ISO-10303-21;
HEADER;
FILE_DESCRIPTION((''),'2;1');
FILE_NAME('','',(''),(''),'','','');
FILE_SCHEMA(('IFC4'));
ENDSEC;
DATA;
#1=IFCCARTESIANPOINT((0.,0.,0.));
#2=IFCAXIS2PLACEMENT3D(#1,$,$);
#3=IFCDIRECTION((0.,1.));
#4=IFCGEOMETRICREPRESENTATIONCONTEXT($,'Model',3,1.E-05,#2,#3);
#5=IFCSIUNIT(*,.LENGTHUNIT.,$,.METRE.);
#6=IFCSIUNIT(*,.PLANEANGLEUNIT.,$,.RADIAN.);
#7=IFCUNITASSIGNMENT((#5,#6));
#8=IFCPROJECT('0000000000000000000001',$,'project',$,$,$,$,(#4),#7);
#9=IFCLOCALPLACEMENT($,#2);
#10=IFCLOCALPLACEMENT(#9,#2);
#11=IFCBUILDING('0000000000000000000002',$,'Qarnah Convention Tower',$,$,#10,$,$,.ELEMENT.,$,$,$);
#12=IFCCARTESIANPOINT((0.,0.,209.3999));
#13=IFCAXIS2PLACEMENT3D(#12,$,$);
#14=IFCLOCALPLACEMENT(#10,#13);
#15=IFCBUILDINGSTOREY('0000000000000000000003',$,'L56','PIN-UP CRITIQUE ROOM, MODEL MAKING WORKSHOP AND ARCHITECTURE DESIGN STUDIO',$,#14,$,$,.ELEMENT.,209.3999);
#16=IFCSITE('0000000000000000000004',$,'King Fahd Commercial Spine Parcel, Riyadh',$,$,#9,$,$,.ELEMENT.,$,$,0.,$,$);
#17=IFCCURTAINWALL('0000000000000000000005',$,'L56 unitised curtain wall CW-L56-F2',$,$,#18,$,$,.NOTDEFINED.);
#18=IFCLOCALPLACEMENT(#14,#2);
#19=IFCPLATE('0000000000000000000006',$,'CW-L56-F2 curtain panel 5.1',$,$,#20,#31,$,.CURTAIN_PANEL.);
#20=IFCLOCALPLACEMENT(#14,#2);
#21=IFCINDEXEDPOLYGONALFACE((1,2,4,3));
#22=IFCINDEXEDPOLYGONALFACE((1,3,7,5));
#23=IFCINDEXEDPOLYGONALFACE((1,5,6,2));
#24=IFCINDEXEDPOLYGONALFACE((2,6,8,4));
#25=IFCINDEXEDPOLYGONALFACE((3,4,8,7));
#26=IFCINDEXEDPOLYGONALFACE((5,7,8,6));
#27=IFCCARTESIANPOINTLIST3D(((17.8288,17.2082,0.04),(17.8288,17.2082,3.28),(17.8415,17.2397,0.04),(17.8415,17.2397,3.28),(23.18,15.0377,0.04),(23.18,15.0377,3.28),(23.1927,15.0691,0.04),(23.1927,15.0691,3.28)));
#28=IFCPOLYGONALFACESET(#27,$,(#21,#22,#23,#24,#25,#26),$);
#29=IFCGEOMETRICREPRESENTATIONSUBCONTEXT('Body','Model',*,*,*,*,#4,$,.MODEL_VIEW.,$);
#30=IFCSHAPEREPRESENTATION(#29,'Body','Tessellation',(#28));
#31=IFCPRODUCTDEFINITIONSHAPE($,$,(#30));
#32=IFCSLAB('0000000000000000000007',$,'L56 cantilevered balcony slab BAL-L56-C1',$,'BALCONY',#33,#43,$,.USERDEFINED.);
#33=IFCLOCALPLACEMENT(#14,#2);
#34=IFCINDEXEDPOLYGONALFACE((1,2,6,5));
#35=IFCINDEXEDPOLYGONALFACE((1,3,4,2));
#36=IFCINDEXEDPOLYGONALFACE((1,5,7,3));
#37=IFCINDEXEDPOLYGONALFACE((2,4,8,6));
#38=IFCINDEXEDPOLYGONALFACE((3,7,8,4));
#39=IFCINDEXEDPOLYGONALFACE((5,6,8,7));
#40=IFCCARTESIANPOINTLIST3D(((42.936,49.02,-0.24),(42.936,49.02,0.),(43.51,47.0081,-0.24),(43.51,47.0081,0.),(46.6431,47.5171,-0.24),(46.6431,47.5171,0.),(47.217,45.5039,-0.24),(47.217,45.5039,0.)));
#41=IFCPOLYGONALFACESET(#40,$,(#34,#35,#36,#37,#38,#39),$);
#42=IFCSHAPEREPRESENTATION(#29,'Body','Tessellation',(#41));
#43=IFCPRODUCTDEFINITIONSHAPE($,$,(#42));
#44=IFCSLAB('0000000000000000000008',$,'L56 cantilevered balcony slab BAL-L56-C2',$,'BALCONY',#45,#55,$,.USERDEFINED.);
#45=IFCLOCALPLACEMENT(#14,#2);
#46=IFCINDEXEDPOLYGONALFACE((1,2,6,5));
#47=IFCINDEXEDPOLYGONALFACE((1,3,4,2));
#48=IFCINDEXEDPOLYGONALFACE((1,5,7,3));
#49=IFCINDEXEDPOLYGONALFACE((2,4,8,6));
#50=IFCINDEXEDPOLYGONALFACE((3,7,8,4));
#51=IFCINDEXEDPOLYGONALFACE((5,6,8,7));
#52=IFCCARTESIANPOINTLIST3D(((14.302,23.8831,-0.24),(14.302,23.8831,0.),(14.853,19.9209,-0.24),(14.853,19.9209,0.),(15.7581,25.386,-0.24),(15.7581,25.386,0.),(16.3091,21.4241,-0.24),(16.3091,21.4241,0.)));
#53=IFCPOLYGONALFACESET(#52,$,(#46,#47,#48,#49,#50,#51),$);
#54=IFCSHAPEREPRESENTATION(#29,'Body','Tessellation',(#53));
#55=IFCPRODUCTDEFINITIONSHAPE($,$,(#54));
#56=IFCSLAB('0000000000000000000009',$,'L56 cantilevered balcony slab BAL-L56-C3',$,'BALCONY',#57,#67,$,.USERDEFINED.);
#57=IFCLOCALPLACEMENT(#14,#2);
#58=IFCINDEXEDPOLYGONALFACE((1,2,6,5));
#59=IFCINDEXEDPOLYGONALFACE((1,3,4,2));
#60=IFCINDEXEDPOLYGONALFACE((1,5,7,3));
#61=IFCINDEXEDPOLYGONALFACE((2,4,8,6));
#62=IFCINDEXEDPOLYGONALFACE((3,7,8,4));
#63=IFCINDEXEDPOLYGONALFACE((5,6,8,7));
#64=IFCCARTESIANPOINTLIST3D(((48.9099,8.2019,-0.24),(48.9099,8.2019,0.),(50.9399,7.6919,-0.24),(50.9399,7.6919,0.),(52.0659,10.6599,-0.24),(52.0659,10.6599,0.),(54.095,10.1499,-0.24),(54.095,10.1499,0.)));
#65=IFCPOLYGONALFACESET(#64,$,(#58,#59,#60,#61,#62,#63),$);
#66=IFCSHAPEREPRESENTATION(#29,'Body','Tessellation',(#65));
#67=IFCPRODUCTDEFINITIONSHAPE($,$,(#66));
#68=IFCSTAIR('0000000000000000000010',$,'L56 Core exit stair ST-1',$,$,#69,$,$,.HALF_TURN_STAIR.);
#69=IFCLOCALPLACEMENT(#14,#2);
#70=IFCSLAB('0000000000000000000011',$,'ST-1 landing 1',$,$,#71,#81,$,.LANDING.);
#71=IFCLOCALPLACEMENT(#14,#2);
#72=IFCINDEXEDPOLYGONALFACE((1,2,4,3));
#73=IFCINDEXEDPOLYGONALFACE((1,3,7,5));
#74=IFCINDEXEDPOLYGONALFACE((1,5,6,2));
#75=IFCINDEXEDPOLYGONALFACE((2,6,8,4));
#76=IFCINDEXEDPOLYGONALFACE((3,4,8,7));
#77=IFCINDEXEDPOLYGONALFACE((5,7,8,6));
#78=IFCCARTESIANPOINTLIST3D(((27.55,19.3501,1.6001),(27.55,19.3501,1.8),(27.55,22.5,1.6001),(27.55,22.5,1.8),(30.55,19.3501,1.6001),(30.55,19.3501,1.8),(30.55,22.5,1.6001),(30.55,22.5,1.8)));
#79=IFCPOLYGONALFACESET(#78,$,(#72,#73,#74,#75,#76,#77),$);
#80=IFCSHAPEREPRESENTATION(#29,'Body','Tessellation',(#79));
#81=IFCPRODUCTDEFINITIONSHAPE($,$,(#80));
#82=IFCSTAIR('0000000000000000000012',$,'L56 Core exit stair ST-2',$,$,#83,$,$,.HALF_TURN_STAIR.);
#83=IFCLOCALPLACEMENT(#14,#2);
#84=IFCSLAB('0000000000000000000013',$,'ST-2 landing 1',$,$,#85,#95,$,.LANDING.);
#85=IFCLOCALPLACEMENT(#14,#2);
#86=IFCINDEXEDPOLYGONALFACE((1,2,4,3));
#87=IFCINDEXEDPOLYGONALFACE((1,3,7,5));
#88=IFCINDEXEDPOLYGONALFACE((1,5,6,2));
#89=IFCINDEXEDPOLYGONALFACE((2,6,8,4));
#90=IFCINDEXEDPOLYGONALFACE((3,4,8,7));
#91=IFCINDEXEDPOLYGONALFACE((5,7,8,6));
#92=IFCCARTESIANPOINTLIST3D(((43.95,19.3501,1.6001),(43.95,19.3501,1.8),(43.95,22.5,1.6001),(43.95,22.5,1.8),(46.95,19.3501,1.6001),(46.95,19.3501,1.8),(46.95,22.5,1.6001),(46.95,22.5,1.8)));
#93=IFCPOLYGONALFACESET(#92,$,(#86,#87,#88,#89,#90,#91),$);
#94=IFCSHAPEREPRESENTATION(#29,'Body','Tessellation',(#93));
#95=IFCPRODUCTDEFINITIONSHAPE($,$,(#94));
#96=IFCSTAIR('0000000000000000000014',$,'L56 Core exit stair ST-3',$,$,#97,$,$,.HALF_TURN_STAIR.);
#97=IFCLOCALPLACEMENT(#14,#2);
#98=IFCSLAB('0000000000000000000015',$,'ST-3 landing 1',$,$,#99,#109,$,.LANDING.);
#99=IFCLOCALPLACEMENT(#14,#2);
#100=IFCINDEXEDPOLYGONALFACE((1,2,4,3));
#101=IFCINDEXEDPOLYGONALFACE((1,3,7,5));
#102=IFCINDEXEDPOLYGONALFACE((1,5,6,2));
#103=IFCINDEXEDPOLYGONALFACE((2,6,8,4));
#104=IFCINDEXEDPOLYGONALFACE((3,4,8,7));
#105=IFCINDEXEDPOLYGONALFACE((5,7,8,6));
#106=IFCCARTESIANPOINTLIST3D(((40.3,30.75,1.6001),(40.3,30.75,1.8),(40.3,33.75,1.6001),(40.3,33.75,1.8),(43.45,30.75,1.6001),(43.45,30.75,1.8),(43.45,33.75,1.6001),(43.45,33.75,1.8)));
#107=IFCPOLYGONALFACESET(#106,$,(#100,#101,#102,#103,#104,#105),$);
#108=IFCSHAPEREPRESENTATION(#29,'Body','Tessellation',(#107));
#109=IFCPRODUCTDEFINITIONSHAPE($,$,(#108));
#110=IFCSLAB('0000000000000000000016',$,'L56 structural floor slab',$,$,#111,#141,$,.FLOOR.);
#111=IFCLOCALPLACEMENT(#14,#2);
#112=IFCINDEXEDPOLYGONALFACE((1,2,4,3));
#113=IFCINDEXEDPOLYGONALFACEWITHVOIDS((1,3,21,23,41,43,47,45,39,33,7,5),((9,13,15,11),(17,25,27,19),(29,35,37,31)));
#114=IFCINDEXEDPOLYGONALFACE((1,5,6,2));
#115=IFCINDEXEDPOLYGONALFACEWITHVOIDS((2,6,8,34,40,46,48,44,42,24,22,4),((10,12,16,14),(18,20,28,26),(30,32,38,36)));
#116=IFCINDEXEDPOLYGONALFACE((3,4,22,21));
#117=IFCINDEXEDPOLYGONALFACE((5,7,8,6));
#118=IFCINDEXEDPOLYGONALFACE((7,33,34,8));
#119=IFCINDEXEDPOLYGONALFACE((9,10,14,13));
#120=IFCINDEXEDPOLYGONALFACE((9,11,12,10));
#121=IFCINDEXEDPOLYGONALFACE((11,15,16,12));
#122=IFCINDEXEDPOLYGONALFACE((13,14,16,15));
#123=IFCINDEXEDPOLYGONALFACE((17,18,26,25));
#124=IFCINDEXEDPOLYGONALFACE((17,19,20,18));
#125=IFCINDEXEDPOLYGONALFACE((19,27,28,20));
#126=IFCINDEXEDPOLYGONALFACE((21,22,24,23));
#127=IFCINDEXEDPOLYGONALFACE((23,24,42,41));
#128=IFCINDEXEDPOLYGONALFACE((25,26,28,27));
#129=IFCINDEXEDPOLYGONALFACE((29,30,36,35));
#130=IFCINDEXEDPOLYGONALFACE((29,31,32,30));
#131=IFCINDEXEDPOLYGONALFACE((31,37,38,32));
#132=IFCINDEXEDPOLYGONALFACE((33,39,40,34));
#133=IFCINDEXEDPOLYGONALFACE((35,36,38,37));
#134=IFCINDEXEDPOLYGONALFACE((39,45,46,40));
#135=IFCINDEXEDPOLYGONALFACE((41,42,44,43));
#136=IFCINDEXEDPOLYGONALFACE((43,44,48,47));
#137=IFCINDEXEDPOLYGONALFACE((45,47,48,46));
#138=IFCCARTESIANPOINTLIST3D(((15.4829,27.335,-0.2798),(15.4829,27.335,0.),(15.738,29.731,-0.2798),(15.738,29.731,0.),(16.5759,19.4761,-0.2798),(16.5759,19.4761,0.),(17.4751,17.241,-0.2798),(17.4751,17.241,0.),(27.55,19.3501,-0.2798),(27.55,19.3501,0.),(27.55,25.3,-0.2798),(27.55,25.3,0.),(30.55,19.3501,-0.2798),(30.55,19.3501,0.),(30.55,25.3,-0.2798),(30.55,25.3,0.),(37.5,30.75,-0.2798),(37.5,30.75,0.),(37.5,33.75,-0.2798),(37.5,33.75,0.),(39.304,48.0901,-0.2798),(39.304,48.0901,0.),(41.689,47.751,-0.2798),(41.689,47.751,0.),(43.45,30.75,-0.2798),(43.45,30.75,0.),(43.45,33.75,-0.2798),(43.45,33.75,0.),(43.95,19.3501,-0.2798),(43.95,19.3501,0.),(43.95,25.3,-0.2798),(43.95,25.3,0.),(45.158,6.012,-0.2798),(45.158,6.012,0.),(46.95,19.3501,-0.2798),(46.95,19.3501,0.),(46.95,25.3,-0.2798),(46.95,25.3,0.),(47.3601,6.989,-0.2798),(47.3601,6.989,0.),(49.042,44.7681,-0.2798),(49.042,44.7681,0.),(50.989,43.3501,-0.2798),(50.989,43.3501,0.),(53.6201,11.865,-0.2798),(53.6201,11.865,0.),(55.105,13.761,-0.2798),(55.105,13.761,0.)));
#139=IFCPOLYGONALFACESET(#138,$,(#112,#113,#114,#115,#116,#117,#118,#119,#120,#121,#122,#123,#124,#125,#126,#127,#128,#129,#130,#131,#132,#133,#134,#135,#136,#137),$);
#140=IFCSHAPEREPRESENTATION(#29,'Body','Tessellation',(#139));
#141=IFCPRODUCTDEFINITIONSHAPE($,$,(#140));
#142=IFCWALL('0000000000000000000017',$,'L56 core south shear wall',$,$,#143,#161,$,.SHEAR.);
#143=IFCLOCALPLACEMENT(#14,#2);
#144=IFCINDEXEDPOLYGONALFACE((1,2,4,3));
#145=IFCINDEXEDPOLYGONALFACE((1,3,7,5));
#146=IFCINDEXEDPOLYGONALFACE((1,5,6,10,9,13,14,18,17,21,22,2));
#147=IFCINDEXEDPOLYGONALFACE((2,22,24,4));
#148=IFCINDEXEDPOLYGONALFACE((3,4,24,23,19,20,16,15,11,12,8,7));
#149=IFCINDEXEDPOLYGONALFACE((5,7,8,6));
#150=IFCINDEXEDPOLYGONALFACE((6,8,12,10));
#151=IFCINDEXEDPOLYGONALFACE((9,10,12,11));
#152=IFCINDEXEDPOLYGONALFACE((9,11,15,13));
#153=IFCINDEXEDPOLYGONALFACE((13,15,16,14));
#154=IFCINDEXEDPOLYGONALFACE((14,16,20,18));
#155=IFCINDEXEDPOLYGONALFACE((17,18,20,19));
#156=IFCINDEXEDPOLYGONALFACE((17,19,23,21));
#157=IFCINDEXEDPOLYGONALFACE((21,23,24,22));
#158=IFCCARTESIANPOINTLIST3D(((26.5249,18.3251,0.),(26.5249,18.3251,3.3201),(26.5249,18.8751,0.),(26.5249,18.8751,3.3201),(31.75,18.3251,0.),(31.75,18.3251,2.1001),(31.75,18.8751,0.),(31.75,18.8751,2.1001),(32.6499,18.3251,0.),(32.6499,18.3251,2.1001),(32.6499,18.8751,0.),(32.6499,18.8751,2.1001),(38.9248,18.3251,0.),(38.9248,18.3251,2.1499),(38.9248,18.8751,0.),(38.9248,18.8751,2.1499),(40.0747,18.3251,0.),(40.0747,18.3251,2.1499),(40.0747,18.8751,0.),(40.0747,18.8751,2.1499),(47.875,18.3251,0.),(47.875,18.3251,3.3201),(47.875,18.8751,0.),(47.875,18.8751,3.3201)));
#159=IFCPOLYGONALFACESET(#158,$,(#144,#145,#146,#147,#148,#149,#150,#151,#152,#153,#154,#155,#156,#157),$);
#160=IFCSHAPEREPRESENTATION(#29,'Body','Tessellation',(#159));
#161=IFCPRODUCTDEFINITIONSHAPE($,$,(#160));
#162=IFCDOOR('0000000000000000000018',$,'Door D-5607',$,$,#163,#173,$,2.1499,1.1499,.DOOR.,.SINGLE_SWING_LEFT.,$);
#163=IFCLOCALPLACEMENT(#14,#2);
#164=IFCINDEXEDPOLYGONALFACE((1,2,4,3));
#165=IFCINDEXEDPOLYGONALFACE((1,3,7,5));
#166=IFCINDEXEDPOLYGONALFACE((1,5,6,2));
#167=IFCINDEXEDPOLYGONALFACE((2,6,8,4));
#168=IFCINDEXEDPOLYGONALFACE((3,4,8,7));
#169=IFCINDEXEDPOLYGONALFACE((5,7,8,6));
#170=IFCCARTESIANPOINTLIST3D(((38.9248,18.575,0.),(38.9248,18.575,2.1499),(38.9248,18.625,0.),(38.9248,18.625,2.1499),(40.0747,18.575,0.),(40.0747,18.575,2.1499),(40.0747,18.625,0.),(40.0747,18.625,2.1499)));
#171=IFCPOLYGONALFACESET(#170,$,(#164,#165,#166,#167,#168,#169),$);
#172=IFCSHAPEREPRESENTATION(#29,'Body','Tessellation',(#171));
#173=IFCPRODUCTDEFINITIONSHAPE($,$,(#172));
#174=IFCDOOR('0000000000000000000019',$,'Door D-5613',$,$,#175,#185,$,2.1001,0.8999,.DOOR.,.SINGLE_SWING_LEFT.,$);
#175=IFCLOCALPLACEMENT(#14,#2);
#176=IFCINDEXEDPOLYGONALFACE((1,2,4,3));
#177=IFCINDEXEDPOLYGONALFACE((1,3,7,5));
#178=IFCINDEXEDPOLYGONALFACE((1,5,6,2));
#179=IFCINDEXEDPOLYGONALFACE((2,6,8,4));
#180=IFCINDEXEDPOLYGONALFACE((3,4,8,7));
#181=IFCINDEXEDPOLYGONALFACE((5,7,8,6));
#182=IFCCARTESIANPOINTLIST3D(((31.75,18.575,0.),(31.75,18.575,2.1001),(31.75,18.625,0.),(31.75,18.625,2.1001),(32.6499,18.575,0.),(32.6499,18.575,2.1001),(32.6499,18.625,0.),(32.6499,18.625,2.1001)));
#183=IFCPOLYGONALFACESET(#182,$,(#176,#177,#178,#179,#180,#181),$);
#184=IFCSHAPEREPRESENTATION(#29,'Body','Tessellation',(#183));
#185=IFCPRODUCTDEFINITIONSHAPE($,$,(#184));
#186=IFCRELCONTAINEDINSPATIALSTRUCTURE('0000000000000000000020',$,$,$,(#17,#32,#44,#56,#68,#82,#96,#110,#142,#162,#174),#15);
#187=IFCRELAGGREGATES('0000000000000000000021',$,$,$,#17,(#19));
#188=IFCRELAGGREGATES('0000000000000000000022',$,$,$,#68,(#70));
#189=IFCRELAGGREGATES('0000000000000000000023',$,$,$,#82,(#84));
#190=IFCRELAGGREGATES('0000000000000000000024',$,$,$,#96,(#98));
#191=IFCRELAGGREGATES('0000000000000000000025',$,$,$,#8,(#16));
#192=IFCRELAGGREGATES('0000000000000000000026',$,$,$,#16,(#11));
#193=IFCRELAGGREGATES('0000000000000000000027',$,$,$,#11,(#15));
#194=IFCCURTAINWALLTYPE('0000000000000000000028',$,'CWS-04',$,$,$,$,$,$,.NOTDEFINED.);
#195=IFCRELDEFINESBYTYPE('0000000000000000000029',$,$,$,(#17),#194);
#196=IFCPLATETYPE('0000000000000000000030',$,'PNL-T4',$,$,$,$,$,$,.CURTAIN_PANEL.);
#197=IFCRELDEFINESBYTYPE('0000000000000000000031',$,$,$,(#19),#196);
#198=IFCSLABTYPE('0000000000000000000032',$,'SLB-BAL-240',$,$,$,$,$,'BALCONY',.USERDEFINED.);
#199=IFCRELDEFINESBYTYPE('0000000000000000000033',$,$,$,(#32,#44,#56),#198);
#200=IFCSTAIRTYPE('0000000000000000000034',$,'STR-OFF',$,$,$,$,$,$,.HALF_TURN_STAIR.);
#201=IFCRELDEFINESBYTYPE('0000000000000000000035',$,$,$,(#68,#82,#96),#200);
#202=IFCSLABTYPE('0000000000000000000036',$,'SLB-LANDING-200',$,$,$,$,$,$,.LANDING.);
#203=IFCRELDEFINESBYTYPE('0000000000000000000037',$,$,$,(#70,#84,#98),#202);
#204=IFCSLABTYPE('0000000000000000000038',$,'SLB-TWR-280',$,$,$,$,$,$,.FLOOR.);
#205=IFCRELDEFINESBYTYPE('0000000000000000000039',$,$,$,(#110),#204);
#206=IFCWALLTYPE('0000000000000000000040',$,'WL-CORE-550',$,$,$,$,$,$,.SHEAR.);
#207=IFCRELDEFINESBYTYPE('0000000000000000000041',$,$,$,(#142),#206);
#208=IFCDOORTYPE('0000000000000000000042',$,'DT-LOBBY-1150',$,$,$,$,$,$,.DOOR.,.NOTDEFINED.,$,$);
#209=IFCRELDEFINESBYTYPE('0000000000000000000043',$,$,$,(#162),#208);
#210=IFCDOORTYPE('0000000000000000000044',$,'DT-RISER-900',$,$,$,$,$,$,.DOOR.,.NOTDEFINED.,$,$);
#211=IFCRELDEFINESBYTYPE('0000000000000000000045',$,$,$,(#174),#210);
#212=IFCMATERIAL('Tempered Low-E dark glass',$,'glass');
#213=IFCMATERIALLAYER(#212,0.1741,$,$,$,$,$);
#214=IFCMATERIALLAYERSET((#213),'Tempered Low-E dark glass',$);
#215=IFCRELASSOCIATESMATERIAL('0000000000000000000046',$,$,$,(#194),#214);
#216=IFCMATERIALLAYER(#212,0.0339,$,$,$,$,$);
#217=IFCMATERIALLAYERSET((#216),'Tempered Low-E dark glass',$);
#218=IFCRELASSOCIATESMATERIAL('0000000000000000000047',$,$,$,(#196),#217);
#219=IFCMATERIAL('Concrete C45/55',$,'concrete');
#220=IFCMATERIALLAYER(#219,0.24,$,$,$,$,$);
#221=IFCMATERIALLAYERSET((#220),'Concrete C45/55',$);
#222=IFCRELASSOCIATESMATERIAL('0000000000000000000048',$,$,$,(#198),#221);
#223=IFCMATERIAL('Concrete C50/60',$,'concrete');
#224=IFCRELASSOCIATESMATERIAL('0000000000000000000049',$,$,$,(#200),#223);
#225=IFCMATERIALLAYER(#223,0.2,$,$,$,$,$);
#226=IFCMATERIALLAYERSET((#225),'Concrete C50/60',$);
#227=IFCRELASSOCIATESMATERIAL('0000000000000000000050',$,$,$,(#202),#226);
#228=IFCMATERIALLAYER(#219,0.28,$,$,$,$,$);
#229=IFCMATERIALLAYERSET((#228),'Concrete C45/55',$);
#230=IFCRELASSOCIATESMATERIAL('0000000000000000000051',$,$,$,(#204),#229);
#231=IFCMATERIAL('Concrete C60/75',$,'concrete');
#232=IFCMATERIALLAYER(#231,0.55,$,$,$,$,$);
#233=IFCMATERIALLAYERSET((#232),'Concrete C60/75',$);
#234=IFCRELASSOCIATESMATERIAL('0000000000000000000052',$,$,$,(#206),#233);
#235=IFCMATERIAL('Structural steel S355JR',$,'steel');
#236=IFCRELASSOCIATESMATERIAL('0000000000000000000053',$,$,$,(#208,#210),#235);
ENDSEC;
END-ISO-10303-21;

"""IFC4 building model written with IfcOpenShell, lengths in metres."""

from ifc_helpers import new_model, si_unit, direction, frame, frame_2d, origin, origin_2d, place, context, subcontext, project, spatial, polyline, rectangle, outline, extrude, material, layer, layer_set, type_object, element, fill, aggregate, save


model = new_model("IFC4")

# Units and contexts
model_context = context("Model", 3, precision=1e-05, world=origin(), true_north=direction((0.0, 1.0)))
body_context = subcontext(model_context, "Body", "Model", "MODEL_VIEW")
ifc_project = project(units=[si_unit("LENGTHUNIT", "METRE"), si_unit("PLANEANGLEUNIT", "RADIAN")], contexts=[model_context])

# Site, building, storey
site_placement = place(None, origin())
site = spatial("IfcSite", under=ifc_project, at=site_placement, Name="King Fahd Commercial Spine Parcel, Riyadh", CompositionType="ELEMENT", RefElevation=0.0)
building_placement = place(site_placement, origin())
building = spatial("IfcBuilding", under=site, at=building_placement, Name="Qarnah Convention Tower", CompositionType="ELEMENT")
storey_placement = place(building_placement, frame((0.0, 0.0, 209.3999)))
storey = spatial("IfcBuildingStorey", under=building, at=storey_placement, Name="L56", Description="PIN-UP CRITIQUE ROOM, MODEL MAKING WORKSHOP AND ARCHITECTURE DESIGN STUDIO", CompositionType="ELEMENT", Elevation=209.3999)

# Shared definitions
ifc_material_1 = material(Name="Concrete C50/60", Category="concrete")

# Shared definitions
ifc_material_2 = material(Name="Structural steel S355JR", Category="steel")

# Curtain wall, plate
ifc_material_3 = material(Name="Tempered Low-E dark glass", Category="glass")
ifc_layer_1 = layer(ifc_material_3, 0.1741)
ifc_layer_set_1 = layer_set([ifc_layer_1], Name="Tempered Low-E dark glass")
curtain_wall_type = type_object("IfcCurtainWallType", Name="CWS-04", PredefinedType="NOTDEFINED", material=ifc_layer_set_1)
curtain_wall_placement = place(storey_placement, origin())
curtain_wall = element("IfcCurtainWall", 1, at=curtain_wall_placement, inside=storey, type_object=curtain_wall_type, Name="L56 unitised curtain wall CW-L56-F2", PredefinedType="NOTDEFINED")
ifc_layer_2 = layer(ifc_material_3, 0.0339)
ifc_layer_set_2 = layer_set([ifc_layer_2], Name="Tempered Low-E dark glass")
plate_type = type_object("IfcPlateType", Name="PNL-T4", PredefinedType="CURTAIN_PANEL", material=ifc_layer_set_2)
plate_1_placement = place(storey_placement, frame((20.5107, 16.1387, 0.04), z_axis=(0.0, 0.0, 1.0), x_axis=(-0.926673, 0.375868, 0.0)))
plate_1 = element("IfcPlate", 2, at=plate_1_placement, type_object=plate_type, Name="CW-L56-F2 curtain panel 5.1", PredefinedType="CURTAIN_PANEL", context=body_context, shape_type="SweptSolid", body=[
    extrude(rectangle(XDim=5.7747, YDim=0.0339, at=origin_2d()), origin(), (0.0, 0.0, 1.0), 3.24),
])
aggregate(curtain_wall, [plate_1])

# Slabs
ifc_material_4 = material(Name="Concrete C45/55", Category="concrete")
ifc_layer_3 = layer(ifc_material_4, 0.24)
ifc_layer_set_3 = layer_set([ifc_layer_3], Name="Concrete C45/55")
slab_type_1 = type_object("IfcSlabType", Name="SLB-BAL-240", ElementType="BALCONY", PredefinedType="USERDEFINED", material=ifc_layer_set_3)
slab_1_placement = place(storey_placement, frame((0.0, 0.0, -0.24)))
element("IfcSlab", 3, at=slab_1_placement, inside=storey, type_object=slab_type_1, Name="L56 cantilevered balcony slab BAL-L56-C1", ObjectType="BALCONY", PredefinedType="USERDEFINED", context=body_context, shape_type="SweptSolid", body=[
    extrude(outline(polyline([(42.936, 49.02), (46.6431, 47.5171), (47.217, 45.5039), (43.51, 47.0081), (42.936, 49.02)])), origin(), (0.0, 0.0, 1.0), 0.24),
])
slab_2_placement = place(storey_placement, frame((0.0, 0.0, -0.24)))
element("IfcSlab", 4, at=slab_2_placement, inside=storey, type_object=slab_type_1, Name="L56 cantilevered balcony slab BAL-L56-C2", ObjectType="BALCONY", PredefinedType="USERDEFINED", context=body_context, shape_type="SweptSolid", body=[
    extrude(outline(polyline([(14.853, 19.9209), (14.302, 23.8831), (15.7581, 25.386), (16.3091, 21.4241), (14.853, 19.9209)])), origin(), (0.0, 0.0, 1.0), 0.24),
])
slab_3_placement = place(storey_placement, frame((0.0, 0.0, -0.24)))
element("IfcSlab", 5, at=slab_3_placement, inside=storey, type_object=slab_type_1, Name="L56 cantilevered balcony slab BAL-L56-C3", ObjectType="BALCONY", PredefinedType="USERDEFINED", context=body_context, shape_type="SweptSolid", body=[
    extrude(outline(polyline([(54.095, 10.1499), (50.9399, 7.6919), (48.9099, 8.2019), (52.0659, 10.6599), (54.095, 10.1499)])), origin(), (0.0, 0.0, 1.0), 0.24),
])

# Stairs, slabs
stair_type = type_object("IfcStairType", Name="STR-OFF", PredefinedType="HALF_TURN_STAIR", material=ifc_material_1)
stair_1_placement = place(storey_placement, origin())
stair_1 = element("IfcStair", 6, at=stair_1_placement, inside=storey, type_object=stair_type, Name="L56 Core exit stair ST-1", PredefinedType="HALF_TURN_STAIR")
ifc_layer_4 = layer(ifc_material_1, 0.2)
ifc_layer_set_4 = layer_set([ifc_layer_4], Name="Concrete C50/60")
slab_type_2 = type_object("IfcSlabType", Name="SLB-LANDING-200", PredefinedType="LANDING", material=ifc_layer_set_4)
slab_4_placement = place(storey_placement, frame((0.0, 0.0, 1.6001)))
slab_4 = element("IfcSlab", 7, at=slab_4_placement, type_object=slab_type_2, Name="ST-1 landing 1", PredefinedType="LANDING", context=body_context, shape_type="SweptSolid", body=[
    extrude(outline(polyline([(27.55, 22.5), (27.55, 19.3501), (30.55, 19.3501), (30.55, 22.5), (27.55, 22.5)])), origin(), (0.0, 0.0, 1.0), 0.2),
])
aggregate(stair_1, [slab_4])
stair_2_placement = place(storey_placement, origin())
stair_2 = element("IfcStair", 8, at=stair_2_placement, inside=storey, type_object=stair_type, Name="L56 Core exit stair ST-2", PredefinedType="HALF_TURN_STAIR")
slab_5_placement = place(storey_placement, frame((0.0, 0.0, 1.6001)))
slab_5 = element("IfcSlab", 9, at=slab_5_placement, type_object=slab_type_2, Name="ST-2 landing 1", PredefinedType="LANDING", context=body_context, shape_type="SweptSolid", body=[
    extrude(outline(polyline([(43.95, 22.5), (43.95, 19.3501), (46.95, 19.3501), (46.95, 22.5), (43.95, 22.5)])), origin(), (0.0, 0.0, 1.0), 0.2),
])
aggregate(stair_2, [slab_5])
stair_3_placement = place(storey_placement, origin())
stair_3 = element("IfcStair", 10, at=stair_3_placement, inside=storey, type_object=stair_type, Name="L56 Core exit stair ST-3", PredefinedType="HALF_TURN_STAIR")
slab_6_placement = place(storey_placement, frame((0.0, 0.0, 1.6001)))
slab_6 = element("IfcSlab", 11, at=slab_6_placement, type_object=slab_type_2, Name="ST-3 landing 1", PredefinedType="LANDING", context=body_context, shape_type="SweptSolid", body=[
    extrude(outline(polyline([(40.3, 30.75), (43.45, 30.75), (43.45, 33.75), (40.3, 33.75), (40.3, 30.75)])), origin(), (0.0, 0.0, 1.0), 0.2),
])
aggregate(stair_3, [slab_6])

# Slab
ifc_layer_5 = layer(ifc_material_4, 0.28)
ifc_layer_set_5 = layer_set([ifc_layer_5], Name="Concrete C45/55")
slab_type_3 = type_object("IfcSlabType", Name="SLB-TWR-280", PredefinedType="FLOOR", material=ifc_layer_set_5)
slab_7_placement = place(storey_placement, frame((0.0, 0.0, -0.2798)))
element("IfcSlab", 12, at=slab_7_placement, inside=storey, type_object=slab_type_3, Name="L56 structural floor slab", PredefinedType="FLOOR", context=body_context, shape_type="SweptSolid", body=[
    extrude(outline(polyline([(39.304, 48.0901), (15.738, 29.731), (15.4829, 27.335), (16.5759, 19.4761), (17.4751, 17.241), (45.158, 6.012), (47.3601, 6.989), (53.6201, 11.865), (55.105, 13.761), (50.989, 43.3501), (49.042, 44.7681), (41.689, 47.751), (39.304, 48.0901)]), holes=[polyline([(27.55, 25.3), (27.55, 19.3501), (30.55, 19.3501), (30.55, 25.3), (27.55, 25.3)]), polyline([(43.95, 25.3), (43.95, 19.3501), (46.95, 19.3501), (46.95, 25.3), (43.95, 25.3)]), polyline([(37.5, 30.75), (43.45, 30.75), (43.45, 33.75), (37.5, 33.75), (37.5, 30.75)])]), origin(), (0.0, 0.0, 1.0), 0.2798),
])

# Wall, openings, doors
ifc_material_5 = material(Name="Concrete C60/75", Category="concrete")
ifc_layer_6 = layer(ifc_material_5, 0.55)
ifc_layer_set_6 = layer_set([ifc_layer_6], Name="Concrete C60/75")
wall_type_1 = type_object("IfcWallType", Name="WL-CORE-550", PredefinedType="SHEAR", material=ifc_layer_set_6)
wall_1_placement = place(storey_placement, frame((26.5249, 18.6001, 0.0), z_axis=(0.0, 0.0, 1.0), x_axis=(1.0, 0.0, 0.0)))
wall_1 = element("IfcWall", 13, at=wall_1_placement, inside=storey, type_object=wall_type_1, Name="L56 core south shear wall", PredefinedType="SHEAR", context=body_context, shape_type="SweptSolid", body=[
    extrude(rectangle(XDim=21.3501, YDim=0.55, at=frame_2d((10.675, 0.0))), origin(), (0.0, 0.0, 1.0), 3.3201),
])
opening_1_placement = place(wall_1_placement, frame((12.3999, 0.0, 0.0)))
opening_1 = element("IfcOpeningElement", 14, at=opening_1_placement, cuts=wall_1, PredefinedType="OPENING", context=body_context, shape_type="SweptSolid", body=[
    extrude(rectangle(XDim=1.1499, YDim=2.1499, at=frame_2d((0.575, 1.075))), frame((0.0, 0.2849, 0.0), z_axis=(0.0, -1.0, 0.0), x_axis=(1.0, 0.0, 0.0)), (0.0, 0.0, 1.0), 0.5701),
])
opening_2_placement = place(wall_1_placement, frame((5.2251, 0.0, 0.0)))
opening_2 = element("IfcOpeningElement", 15, at=opening_2_placement, cuts=wall_1, PredefinedType="OPENING", context=body_context, shape_type="SweptSolid", body=[
    extrude(rectangle(XDim=0.8999, YDim=2.1001, at=frame_2d((0.45, 1.05))), frame((0.0, 0.2849, 0.0), z_axis=(0.0, -1.0, 0.0), x_axis=(1.0, 0.0, 0.0)), (0.0, 0.0, 1.0), 0.5701),
])
door_type_1 = type_object("IfcDoorType", Name="DT-LOBBY-1150", OperationType="NOTDEFINED", PredefinedType="DOOR", material=ifc_material_2)
door_1_placement = place(opening_1_placement, origin())
door_1 = element("IfcDoor", 16, at=door_1_placement, inside=storey, type_object=door_type_1, Name="Door D-5607", OperationType="SINGLE_SWING_LEFT", OverallHeight=2.1499, OverallWidth=1.1499, PredefinedType="DOOR", context=body_context, shape_type="SweptSolid", body=[
    extrude(rectangle(XDim=1.1499, YDim=2.1499, at=frame_2d((0.575, 1.075))), frame((0.0, 0.0249, 0.0), z_axis=(0.0, -1.0, 0.0), x_axis=(1.0, 0.0, 0.0)), (0.0, 0.0, 1.0), 0.05),
])
fill(opening_1, door_1)
door_type_2 = type_object("IfcDoorType", Name="DT-RISER-900", OperationType="NOTDEFINED", PredefinedType="DOOR", material=ifc_material_2)
door_2_placement = place(opening_2_placement, origin())
door_2 = element("IfcDoor", 17, at=door_2_placement, inside=storey, type_object=door_type_2, Name="Door D-5613", OperationType="SINGLE_SWING_LEFT", OverallHeight=2.1001, OverallWidth=0.8999, PredefinedType="DOOR", context=body_context, shape_type="SweptSolid", body=[
    extrude(rectangle(XDim=0.8999, YDim=2.1001, at=frame_2d((0.45, 1.05))), frame((0.0, 0.0249, 0.0), z_axis=(0.0, -1.0, 0.0), x_axis=(1.0, 0.0, 0.0)), (0.0, 0.0, 1.0), 0.05),
])
fill(opening_2, door_2)

save(model, "model.ifc")
